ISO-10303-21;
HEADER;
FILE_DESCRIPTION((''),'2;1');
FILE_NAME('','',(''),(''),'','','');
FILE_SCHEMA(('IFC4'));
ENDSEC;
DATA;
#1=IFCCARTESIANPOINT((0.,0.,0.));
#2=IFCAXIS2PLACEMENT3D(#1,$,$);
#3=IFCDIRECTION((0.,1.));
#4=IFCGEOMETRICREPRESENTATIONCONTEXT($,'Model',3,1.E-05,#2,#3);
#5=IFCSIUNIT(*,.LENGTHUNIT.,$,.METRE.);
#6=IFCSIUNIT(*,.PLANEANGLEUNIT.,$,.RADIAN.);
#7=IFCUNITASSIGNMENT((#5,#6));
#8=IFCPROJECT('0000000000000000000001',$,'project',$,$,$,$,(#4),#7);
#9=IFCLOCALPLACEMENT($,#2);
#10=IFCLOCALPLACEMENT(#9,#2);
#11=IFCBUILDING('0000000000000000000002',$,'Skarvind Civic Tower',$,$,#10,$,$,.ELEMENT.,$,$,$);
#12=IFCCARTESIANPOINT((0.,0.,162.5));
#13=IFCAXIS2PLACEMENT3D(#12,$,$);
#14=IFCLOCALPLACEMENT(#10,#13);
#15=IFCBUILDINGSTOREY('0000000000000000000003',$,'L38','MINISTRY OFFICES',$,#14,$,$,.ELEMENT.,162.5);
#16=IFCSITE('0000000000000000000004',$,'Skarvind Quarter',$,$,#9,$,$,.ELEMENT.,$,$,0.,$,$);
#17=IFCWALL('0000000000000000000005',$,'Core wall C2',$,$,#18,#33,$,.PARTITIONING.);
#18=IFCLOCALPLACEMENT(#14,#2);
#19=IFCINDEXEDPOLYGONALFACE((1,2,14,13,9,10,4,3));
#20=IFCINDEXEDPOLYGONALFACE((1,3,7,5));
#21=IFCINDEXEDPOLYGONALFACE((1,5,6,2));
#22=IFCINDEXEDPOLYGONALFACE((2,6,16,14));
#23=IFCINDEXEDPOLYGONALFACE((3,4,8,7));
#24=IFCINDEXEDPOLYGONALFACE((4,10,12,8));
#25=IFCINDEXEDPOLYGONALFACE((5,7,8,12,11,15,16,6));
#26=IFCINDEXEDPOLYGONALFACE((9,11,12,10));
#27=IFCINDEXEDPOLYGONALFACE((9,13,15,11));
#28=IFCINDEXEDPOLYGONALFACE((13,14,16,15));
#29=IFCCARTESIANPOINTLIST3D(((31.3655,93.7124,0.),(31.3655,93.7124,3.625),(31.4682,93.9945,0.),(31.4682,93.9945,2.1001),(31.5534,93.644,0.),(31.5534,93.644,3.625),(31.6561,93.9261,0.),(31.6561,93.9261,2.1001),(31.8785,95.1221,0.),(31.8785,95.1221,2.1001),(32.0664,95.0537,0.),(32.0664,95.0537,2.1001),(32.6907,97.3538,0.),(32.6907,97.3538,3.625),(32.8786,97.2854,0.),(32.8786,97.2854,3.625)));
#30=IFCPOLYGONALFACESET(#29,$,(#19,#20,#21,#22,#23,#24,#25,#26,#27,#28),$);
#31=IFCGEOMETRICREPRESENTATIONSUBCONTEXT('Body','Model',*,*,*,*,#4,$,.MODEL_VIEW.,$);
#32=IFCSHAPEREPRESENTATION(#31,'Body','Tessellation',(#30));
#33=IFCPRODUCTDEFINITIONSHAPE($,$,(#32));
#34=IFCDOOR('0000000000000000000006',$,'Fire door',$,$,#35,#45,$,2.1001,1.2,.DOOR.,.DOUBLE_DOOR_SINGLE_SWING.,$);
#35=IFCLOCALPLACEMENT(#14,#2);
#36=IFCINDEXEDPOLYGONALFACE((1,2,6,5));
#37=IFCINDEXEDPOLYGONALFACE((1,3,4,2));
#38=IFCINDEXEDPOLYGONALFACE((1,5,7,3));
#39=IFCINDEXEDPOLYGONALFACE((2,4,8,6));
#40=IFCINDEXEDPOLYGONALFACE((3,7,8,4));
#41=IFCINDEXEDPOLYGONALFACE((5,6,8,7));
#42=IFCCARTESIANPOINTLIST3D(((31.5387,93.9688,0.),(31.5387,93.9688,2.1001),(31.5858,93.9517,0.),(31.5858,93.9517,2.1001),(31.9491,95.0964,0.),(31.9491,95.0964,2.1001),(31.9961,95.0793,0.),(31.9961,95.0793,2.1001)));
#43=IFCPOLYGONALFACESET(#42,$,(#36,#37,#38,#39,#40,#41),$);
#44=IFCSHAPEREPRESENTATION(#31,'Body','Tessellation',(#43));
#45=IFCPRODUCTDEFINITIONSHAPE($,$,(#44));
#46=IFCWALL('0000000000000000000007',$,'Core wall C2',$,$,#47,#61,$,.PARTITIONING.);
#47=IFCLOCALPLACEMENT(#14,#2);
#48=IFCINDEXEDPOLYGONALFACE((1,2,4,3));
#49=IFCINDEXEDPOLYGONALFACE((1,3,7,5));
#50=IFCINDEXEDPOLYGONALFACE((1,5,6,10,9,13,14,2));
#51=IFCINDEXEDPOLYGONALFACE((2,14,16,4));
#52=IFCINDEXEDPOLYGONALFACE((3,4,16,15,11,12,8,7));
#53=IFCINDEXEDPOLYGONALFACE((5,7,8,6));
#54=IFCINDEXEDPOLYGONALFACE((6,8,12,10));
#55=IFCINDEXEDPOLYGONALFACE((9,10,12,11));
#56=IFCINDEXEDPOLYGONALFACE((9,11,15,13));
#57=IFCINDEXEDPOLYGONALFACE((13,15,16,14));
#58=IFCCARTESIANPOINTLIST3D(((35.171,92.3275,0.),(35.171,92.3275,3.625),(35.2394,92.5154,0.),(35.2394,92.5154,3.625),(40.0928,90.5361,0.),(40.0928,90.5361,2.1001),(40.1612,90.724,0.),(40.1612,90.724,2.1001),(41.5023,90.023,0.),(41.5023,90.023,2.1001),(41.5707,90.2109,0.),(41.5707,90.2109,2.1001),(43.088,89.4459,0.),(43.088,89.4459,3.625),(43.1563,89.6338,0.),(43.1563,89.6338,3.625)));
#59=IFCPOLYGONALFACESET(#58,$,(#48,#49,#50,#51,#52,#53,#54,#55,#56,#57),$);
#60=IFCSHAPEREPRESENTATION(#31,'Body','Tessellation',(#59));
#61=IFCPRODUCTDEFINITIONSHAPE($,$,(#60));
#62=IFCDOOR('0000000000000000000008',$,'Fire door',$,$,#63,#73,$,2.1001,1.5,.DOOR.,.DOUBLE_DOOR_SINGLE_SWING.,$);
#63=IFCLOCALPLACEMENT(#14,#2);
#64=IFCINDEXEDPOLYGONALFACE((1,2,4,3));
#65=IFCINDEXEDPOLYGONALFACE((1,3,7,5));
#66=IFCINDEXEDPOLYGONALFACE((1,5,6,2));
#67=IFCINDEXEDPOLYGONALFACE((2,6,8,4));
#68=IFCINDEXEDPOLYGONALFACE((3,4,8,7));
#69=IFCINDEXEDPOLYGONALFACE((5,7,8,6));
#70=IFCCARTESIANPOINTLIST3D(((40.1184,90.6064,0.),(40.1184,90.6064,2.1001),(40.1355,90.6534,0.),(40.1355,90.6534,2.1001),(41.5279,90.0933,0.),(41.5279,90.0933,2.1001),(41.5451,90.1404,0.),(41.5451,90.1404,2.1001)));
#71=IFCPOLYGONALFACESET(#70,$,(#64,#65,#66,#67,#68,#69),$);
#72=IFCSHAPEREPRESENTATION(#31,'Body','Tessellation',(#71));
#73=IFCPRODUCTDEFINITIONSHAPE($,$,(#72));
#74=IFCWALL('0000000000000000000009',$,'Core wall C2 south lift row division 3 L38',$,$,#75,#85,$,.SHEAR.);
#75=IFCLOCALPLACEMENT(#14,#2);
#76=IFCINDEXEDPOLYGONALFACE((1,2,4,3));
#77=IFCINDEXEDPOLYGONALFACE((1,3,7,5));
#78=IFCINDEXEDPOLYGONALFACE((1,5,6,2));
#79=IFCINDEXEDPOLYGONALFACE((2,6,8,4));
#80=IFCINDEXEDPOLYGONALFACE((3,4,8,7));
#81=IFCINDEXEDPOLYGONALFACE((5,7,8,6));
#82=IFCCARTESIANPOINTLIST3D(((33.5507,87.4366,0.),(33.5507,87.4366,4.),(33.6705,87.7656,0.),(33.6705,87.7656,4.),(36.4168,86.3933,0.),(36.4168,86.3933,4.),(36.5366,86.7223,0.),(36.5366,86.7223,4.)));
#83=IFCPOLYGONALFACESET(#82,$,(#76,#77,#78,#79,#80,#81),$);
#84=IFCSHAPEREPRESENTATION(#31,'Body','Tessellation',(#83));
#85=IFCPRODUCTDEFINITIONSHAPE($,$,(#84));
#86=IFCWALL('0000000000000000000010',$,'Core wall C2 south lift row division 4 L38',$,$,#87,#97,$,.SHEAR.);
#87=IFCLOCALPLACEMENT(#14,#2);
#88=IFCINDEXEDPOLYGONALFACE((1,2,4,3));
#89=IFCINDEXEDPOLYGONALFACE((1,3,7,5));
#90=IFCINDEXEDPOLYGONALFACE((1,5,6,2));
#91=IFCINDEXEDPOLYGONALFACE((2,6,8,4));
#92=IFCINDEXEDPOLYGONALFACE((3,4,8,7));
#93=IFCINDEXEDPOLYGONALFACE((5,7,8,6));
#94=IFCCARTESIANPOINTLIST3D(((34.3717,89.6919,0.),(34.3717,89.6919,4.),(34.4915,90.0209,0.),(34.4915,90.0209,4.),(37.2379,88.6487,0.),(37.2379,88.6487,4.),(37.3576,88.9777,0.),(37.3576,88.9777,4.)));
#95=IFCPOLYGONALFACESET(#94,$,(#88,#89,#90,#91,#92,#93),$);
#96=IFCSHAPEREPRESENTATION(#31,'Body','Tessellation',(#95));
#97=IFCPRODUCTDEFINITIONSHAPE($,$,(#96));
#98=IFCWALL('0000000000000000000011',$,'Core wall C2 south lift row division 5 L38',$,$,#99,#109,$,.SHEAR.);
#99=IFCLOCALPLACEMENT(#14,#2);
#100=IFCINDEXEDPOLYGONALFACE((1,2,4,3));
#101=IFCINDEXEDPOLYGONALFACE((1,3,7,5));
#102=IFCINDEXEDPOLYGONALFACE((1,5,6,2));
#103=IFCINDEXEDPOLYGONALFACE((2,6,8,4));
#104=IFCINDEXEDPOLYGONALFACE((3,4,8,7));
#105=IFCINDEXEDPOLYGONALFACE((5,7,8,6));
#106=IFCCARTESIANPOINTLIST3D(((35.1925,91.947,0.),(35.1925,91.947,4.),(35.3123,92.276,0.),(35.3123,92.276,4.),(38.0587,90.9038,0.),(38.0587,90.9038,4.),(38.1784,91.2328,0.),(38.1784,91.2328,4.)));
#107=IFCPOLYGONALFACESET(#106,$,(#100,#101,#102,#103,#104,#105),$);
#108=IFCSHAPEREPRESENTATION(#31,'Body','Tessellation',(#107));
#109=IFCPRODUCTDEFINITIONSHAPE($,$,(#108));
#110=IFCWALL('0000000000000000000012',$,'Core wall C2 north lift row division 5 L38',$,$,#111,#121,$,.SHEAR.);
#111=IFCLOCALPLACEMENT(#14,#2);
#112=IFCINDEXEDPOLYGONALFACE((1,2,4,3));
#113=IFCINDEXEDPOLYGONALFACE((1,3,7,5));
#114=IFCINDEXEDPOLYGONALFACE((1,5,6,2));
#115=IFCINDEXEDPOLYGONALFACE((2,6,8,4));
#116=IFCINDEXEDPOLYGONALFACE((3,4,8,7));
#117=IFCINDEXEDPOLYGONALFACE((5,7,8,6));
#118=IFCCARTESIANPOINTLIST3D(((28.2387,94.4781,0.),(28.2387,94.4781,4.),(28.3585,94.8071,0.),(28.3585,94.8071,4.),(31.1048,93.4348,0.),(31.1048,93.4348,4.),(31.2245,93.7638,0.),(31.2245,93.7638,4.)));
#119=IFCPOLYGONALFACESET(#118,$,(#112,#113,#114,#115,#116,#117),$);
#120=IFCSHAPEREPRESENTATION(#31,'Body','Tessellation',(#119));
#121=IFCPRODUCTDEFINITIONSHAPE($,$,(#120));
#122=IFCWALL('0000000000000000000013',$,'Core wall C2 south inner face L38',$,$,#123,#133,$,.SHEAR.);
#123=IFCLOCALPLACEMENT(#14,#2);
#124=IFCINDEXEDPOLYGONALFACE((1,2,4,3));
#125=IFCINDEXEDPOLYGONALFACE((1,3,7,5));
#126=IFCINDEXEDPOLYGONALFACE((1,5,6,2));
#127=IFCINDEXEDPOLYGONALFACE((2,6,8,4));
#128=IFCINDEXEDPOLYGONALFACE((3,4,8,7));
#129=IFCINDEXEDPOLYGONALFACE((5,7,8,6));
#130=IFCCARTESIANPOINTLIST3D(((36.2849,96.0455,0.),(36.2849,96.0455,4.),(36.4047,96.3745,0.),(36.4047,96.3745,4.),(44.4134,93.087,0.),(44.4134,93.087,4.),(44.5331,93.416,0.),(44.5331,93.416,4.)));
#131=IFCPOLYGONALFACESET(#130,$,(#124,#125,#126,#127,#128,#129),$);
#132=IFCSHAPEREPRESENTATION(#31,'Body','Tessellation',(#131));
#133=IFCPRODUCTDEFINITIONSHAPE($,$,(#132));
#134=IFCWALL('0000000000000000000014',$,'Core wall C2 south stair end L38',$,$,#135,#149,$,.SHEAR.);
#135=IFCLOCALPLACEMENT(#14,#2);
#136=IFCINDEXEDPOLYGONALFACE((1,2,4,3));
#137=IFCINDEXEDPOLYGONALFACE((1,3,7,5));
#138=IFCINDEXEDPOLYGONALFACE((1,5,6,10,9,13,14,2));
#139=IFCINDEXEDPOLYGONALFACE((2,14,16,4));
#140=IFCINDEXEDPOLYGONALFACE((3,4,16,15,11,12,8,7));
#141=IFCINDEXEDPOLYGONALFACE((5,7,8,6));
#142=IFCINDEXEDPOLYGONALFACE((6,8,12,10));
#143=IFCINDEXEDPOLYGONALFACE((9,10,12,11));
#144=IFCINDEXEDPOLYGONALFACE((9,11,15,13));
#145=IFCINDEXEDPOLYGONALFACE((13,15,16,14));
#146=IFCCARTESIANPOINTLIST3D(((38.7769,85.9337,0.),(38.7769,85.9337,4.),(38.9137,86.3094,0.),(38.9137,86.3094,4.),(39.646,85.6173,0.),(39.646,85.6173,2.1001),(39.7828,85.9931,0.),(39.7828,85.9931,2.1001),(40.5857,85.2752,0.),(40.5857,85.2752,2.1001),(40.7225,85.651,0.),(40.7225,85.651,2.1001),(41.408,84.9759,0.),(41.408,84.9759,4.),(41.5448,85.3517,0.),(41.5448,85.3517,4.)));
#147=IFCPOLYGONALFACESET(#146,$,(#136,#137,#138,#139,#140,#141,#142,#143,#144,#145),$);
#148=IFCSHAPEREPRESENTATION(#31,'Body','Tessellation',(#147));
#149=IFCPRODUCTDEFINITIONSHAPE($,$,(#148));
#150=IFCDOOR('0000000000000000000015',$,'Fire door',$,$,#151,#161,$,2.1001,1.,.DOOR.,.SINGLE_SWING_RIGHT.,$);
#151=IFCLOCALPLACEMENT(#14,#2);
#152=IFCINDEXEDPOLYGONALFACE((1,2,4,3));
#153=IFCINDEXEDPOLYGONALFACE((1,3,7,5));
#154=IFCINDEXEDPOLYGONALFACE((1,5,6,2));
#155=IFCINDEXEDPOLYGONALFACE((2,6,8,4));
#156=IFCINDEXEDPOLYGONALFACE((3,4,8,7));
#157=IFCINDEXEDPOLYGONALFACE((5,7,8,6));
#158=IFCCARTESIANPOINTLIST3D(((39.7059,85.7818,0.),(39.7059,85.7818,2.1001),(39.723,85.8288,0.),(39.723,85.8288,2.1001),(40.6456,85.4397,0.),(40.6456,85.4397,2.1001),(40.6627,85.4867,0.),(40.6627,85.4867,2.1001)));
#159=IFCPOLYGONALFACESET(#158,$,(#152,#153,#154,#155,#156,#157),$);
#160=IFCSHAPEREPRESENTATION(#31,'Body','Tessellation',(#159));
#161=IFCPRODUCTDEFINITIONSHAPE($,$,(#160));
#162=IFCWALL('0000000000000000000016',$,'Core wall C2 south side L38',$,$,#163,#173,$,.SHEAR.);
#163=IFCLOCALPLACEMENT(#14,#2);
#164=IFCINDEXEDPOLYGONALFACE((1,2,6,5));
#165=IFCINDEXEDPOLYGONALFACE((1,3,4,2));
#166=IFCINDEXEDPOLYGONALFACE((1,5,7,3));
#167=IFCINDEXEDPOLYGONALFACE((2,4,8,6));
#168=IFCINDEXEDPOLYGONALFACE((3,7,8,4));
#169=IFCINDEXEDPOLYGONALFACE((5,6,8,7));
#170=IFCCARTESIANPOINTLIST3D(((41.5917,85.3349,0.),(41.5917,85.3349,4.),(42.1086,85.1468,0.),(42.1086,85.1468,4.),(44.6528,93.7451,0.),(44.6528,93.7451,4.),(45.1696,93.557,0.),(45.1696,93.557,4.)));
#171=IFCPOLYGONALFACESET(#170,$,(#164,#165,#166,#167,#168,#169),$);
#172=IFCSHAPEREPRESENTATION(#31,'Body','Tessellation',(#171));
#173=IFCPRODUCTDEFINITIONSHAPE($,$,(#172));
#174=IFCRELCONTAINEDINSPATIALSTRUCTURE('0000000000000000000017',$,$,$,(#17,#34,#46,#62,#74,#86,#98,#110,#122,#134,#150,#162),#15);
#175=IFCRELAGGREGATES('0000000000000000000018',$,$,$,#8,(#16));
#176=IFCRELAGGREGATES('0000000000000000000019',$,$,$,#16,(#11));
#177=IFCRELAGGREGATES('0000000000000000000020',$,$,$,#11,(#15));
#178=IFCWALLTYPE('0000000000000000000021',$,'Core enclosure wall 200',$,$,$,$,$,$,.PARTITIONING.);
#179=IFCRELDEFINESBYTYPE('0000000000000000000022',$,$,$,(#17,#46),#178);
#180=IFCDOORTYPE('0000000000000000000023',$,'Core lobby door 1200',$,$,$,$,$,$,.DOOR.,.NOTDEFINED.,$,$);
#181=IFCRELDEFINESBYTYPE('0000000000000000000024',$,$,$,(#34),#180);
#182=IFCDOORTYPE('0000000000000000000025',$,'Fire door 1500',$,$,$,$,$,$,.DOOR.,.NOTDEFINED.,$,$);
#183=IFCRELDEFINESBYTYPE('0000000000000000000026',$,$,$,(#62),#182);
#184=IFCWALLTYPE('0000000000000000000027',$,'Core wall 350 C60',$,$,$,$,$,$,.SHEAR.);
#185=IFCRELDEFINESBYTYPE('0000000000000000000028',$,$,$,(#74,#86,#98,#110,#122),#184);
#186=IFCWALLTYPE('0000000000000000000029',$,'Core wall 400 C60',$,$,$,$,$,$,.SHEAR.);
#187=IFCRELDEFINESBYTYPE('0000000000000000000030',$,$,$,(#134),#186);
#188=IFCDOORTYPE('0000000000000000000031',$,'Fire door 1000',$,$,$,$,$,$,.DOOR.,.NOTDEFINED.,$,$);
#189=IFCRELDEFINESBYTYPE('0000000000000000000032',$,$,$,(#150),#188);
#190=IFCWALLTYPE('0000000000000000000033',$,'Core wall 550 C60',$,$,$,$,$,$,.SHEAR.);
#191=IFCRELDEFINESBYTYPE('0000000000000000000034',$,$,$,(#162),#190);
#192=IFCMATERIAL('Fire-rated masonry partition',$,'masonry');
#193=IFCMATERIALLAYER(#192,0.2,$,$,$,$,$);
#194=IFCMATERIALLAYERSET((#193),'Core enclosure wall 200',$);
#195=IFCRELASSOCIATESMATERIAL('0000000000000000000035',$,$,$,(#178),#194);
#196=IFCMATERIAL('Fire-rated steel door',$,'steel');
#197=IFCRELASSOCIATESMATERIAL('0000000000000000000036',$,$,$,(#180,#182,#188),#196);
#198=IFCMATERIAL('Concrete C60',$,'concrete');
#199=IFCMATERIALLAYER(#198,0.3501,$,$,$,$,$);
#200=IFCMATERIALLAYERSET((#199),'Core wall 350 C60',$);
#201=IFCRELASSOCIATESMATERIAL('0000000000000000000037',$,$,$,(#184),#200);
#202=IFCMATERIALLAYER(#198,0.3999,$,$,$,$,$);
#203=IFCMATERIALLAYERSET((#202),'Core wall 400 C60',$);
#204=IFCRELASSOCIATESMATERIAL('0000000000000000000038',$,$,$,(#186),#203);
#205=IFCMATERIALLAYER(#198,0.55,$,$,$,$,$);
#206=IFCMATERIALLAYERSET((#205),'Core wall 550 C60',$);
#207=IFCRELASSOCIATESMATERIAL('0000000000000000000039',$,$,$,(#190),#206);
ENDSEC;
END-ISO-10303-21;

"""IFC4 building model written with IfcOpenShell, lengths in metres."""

from ifc_helpers import new_model, si_unit, direction, frame, frame_2d, origin, place, context, subcontext, project, spatial, rectangle, extrude, material, layer, layer_set, type_object, element, fill, save


model = new_model("IFC4")

# Units and contexts
model_context = context("Model", 3, precision=1e-05, world=origin(), true_north=direction((0.0, 1.0)))
body_context = subcontext(model_context, "Body", "Model", "MODEL_VIEW")
ifc_project = project(units=[si_unit("LENGTHUNIT", "METRE"), si_unit("PLANEANGLEUNIT", "RADIAN")], contexts=[model_context])

# Site, building, storey
site_placement = place(None, origin())
site = spatial("IfcSite", under=ifc_project, at=site_placement, Name="Skarvind Quarter", CompositionType="ELEMENT", RefElevation=0.0)
building_placement = place(site_placement, origin())
building = spatial("IfcBuilding", under=site, at=building_placement, Name="Skarvind Civic Tower", CompositionType="ELEMENT")
storey_placement = place(building_placement, frame((0.0, 0.0, 162.5)))
storey = spatial("IfcBuildingStorey", under=building, at=storey_placement, Name="L38", Description="MINISTRY OFFICES", CompositionType="ELEMENT", Elevation=162.5)

# Walls, openings, doors
ifc_material_1 = material(Name="Fire-rated masonry partition", Category="masonry")
ifc_layer_1 = layer(ifc_material_1, 0.2)
ifc_layer_set_1 = layer_set([ifc_layer_1], Name="Core enclosure wall 200")
wall_type_1 = type_object("IfcWallType", Name="Core enclosure wall 200", PredefinedType="PARTITIONING", material=ifc_layer_set_1)
wall_1_placement = place(storey_placement, frame((31.4595, 93.6782, 0.0), z_axis=(0.0, 0.0, 1.0), x_axis=(0.341986, 0.939705, 0.0)))
wall_1 = element("IfcWall", 1, at=wall_1_placement, inside=storey, type_object=wall_type_1, Name="Core wall C2", PredefinedType="PARTITIONING", context=body_context, shape_type="SweptSolid", body=[
    extrude(rectangle(XDim=3.875, YDim=0.2, at=frame_2d((1.9375, 0.0))), origin(), (0.0, 0.0, 1.0), 3.625),
])
opening_1_placement = place(wall_1_placement, frame((0.3, 0.0, 0.0)))
opening_1 = element("IfcOpeningElement", 2, at=opening_1_placement, cuts=wall_1, PredefinedType="OPENING", context=body_context, shape_type="SweptSolid", body=[
    extrude(rectangle(XDim=1.2, YDim=2.1001, at=frame_2d((0.6001, 1.05))), frame((0.0, 0.1099, 0.0), z_axis=(0.0, -1.0, 0.0), x_axis=(1.0, 0.0, 0.0)), (0.0, 0.0, 1.0), 0.22),
])
ifc_material_2 = material(Name="Fire-rated steel door", Category="steel")
door_type_1 = type_object("IfcDoorType", Name="Core lobby door 1200", OperationType="NOTDEFINED", PredefinedType="DOOR", material=ifc_material_2)
door_1_placement = place(opening_1_placement, origin())
door_1 = element("IfcDoor", 3, at=door_1_placement, inside=storey, type_object=door_type_1, Name="Fire door", OperationType="DOUBLE_DOOR_SINGLE_SWING", OverallHeight=2.1001, OverallWidth=1.2, PredefinedType="DOOR", context=body_context, shape_type="SweptSolid", body=[
    extrude(rectangle(XDim=1.2, YDim=2.1001, at=frame_2d((0.6001, 1.05))), frame((0.0, 0.0249, 0.0), z_axis=(0.0, -1.0, 0.0), x_axis=(1.0, 0.0, 0.0)), (0.0, 0.0, 1.0), 0.05),
])
fill(opening_1, door_1)
wall_2_placement = place(storey_placement, frame((35.2053, 92.4214, 0.0), z_axis=(0.0, 0.0, 1.0), x_axis=(0.939691, -0.342025, 0.0)))
wall_2 = element("IfcWall", 4, at=wall_2_placement, inside=storey, type_object=wall_type_1, Name="Core wall C2", PredefinedType="PARTITIONING", context=body_context, shape_type="SweptSolid", body=[
    extrude(rectangle(XDim=8.425, YDim=0.2, at=frame_2d((4.2124, 0.0))), origin(), (0.0, 0.0, 1.0), 3.625),
])
opening_2_placement = place(wall_2_placement, frame((5.2375, 0.0, 0.0)))
opening_2 = element("IfcOpeningElement", 5, at=opening_2_placement, cuts=wall_2, PredefinedType="OPENING", context=body_context, shape_type="SweptSolid", body=[
    extrude(rectangle(XDim=1.5, YDim=2.1001, at=frame_2d((0.75, 1.05))), frame((0.0, 0.1099, 0.0), z_axis=(0.0, -1.0, 0.0), x_axis=(1.0, 0.0, 0.0)), (0.0, 0.0, 1.0), 0.22),
])
door_type_2 = type_object("IfcDoorType", Name="Fire door 1500", OperationType="NOTDEFINED", PredefinedType="DOOR", material=ifc_material_2)
door_2_placement = place(opening_2_placement, origin())
door_2 = element("IfcDoor", 6, at=door_2_placement, inside=storey, type_object=door_type_2, Name="Fire door", OperationType="DOUBLE_DOOR_SINGLE_SWING", OverallHeight=2.1001, OverallWidth=1.5, PredefinedType="DOOR", context=body_context, shape_type="SweptSolid", body=[
    extrude(rectangle(XDim=1.5, YDim=2.1001, at=frame_2d((0.75, 1.05))), frame((0.0, 0.0249, 0.0), z_axis=(0.0, -1.0, 0.0), x_axis=(1.0, 0.0, 0.0)), (0.0, 0.0, 1.0), 0.05),
])
fill(opening_2, door_2)

# Walls
ifc_material_3 = material(Name="Concrete C60", Category="concrete")
ifc_layer_2 = layer(ifc_material_3, 0.3501)
ifc_layer_set_2 = layer_set([ifc_layer_2], Name="Core wall 350 C60")
wall_type_2 = type_object("IfcWallType", Name="Core wall 350 C60", PredefinedType="SHEAR", material=ifc_layer_set_2)
for number, where, z_axis, x_axis, name in (
    (7, (36.4766, 86.5579, 0.0), (0.0, 0.0, 1.0), (-0.939684, 0.342045, 0.0), "Core wall C2 south lift row division 3 L38"),
    (8, (37.2976, 88.8132, 0.0), (0.0, 0.0, 1.0), (-0.939693, 0.342019, 0.0), "Core wall C2 south lift row division 4 L38"),
    (9, (38.1184, 91.0684, 0.0), (0.0, 0.0, 1.0), (-0.939693, 0.342019, 0.0), "Core wall C2 south lift row division 5 L38"),
    (10, (31.1646, 93.5994, 0.0), (0.0, 0.0, 1.0), (-0.939684, 0.342045, 0.0), "Core wall C2 north lift row division 5 L38"),
):
    element("IfcWall", number, at=place(storey_placement, frame(where, z_axis=z_axis, x_axis=x_axis)), inside=storey, type_object=wall_type_2, Name=name, PredefinedType="SHEAR", context=body_context, shape_type="SweptSolid", body=[
        extrude(rectangle(XDim=3.05, YDim=0.3501, at=frame_2d((1.5249, 0.0))), origin(), (0.0, 0.0, 1.0), 4.0),
    ])
wall_3_placement = place(storey_placement, frame((44.4734, 93.2515, 0.0), z_axis=(0.0, 0.0, 1.0), x_axis=(-0.939693, 0.34202, 0.0)))
element("IfcWall", 11, at=wall_3_placement, inside=storey, type_object=wall_type_2, Name="Core wall C2 south inner face L38", PredefinedType="SHEAR", context=body_context, shape_type="SweptSolid", body=[
    extrude(rectangle(XDim=8.6501, YDim=0.3501, at=frame_2d((4.3252, 0.0))), origin(), (0.0, 0.0, 1.0), 4.0),
])

# Wall, opening, door
ifc_layer_3 = layer(ifc_material_3, 0.3999)
ifc_layer_set_3 = layer_set([ifc_layer_3], Name="Core wall 400 C60")
wall_type_3 = type_object("IfcWallType", Name="Core wall 400 C60", PredefinedType="SHEAR", material=ifc_layer_set_3)
wall_4_placement = place(storey_placement, frame((41.4763, 85.1638, 0.0), z_axis=(0.0, 0.0, 1.0), x_axis=(-0.939679, 0.342058, 0.0)))
wall_4 = element("IfcWall", 12, at=wall_4_placement, inside=storey, type_object=wall_type_3, Name="Core wall C2 south stair end L38", PredefinedType="SHEAR", context=body_context, shape_type="SweptSolid", body=[
    extrude(rectangle(XDim=2.8, YDim=0.3999, at=frame_2d((1.3999, 0.0))), origin(), (0.0, 0.0, 1.0), 4.0),
])
opening_3_placement = place(wall_4_placement, frame((0.875, 0.0, 0.0)))
opening_3 = element("IfcOpeningElement", 13, at=opening_3_placement, cuts=wall_4, PredefinedType="OPENING", context=body_context, shape_type="SweptSolid", body=[
    extrude(rectangle(XDim=1.0, YDim=2.1001, at=frame_2d((0.5, 1.05))), frame((0.0, 0.21, 0.0), z_axis=(0.0, -1.0, 0.0), x_axis=(1.0, 0.0, 0.0)), (0.0, 0.0, 1.0), 0.4199),
])
door_type_3 = type_object("IfcDoorType", Name="Fire door 1000", OperationType="NOTDEFINED", PredefinedType="DOOR", material=ifc_material_2)
door_3_placement = place(opening_3_placement, origin())
door_3 = element("IfcDoor", 14, at=door_3_placement, inside=storey, type_object=door_type_3, Name="Fire door", OperationType="SINGLE_SWING_RIGHT", OverallHeight=2.1001, OverallWidth=1.0, PredefinedType="DOOR", context=body_context, shape_type="SweptSolid", body=[
    extrude(rectangle(XDim=1.0, YDim=2.1001, at=frame_2d((0.5, 1.05))), frame((0.0, 0.0249, 0.0), z_axis=(0.0, -1.0, 0.0), x_axis=(1.0, 0.0, 0.0)), (0.0, 0.0, 1.0), 0.05),
])
fill(opening_3, door_3)

# Wall
ifc_layer_4 = layer(ifc_material_3, 0.55)
ifc_layer_set_4 = layer_set([ifc_layer_4], Name="Core wall 550 C60")
wall_type_4 = type_object("IfcWallType", Name="Core wall 550 C60", PredefinedType="SHEAR", material=ifc_layer_set_4)
wall_5_placement = place(storey_placement, frame((41.8501, 85.2407, 0.0), z_axis=(0.0, 0.0, 1.0), x_axis=(0.342019, 0.939693, 0.0)))
element("IfcWall", 15, at=wall_5_placement, inside=storey, type_object=wall_type_4, Name="Core wall C2 south side L38", PredefinedType="SHEAR", context=body_context, shape_type="SweptSolid", body=[
    extrude(rectangle(XDim=8.95, YDim=0.55, at=frame_2d((4.4751, 0.0))), origin(), (0.0, 0.0, 1.0), 4.0),
])

save(model, "model.ifc")
